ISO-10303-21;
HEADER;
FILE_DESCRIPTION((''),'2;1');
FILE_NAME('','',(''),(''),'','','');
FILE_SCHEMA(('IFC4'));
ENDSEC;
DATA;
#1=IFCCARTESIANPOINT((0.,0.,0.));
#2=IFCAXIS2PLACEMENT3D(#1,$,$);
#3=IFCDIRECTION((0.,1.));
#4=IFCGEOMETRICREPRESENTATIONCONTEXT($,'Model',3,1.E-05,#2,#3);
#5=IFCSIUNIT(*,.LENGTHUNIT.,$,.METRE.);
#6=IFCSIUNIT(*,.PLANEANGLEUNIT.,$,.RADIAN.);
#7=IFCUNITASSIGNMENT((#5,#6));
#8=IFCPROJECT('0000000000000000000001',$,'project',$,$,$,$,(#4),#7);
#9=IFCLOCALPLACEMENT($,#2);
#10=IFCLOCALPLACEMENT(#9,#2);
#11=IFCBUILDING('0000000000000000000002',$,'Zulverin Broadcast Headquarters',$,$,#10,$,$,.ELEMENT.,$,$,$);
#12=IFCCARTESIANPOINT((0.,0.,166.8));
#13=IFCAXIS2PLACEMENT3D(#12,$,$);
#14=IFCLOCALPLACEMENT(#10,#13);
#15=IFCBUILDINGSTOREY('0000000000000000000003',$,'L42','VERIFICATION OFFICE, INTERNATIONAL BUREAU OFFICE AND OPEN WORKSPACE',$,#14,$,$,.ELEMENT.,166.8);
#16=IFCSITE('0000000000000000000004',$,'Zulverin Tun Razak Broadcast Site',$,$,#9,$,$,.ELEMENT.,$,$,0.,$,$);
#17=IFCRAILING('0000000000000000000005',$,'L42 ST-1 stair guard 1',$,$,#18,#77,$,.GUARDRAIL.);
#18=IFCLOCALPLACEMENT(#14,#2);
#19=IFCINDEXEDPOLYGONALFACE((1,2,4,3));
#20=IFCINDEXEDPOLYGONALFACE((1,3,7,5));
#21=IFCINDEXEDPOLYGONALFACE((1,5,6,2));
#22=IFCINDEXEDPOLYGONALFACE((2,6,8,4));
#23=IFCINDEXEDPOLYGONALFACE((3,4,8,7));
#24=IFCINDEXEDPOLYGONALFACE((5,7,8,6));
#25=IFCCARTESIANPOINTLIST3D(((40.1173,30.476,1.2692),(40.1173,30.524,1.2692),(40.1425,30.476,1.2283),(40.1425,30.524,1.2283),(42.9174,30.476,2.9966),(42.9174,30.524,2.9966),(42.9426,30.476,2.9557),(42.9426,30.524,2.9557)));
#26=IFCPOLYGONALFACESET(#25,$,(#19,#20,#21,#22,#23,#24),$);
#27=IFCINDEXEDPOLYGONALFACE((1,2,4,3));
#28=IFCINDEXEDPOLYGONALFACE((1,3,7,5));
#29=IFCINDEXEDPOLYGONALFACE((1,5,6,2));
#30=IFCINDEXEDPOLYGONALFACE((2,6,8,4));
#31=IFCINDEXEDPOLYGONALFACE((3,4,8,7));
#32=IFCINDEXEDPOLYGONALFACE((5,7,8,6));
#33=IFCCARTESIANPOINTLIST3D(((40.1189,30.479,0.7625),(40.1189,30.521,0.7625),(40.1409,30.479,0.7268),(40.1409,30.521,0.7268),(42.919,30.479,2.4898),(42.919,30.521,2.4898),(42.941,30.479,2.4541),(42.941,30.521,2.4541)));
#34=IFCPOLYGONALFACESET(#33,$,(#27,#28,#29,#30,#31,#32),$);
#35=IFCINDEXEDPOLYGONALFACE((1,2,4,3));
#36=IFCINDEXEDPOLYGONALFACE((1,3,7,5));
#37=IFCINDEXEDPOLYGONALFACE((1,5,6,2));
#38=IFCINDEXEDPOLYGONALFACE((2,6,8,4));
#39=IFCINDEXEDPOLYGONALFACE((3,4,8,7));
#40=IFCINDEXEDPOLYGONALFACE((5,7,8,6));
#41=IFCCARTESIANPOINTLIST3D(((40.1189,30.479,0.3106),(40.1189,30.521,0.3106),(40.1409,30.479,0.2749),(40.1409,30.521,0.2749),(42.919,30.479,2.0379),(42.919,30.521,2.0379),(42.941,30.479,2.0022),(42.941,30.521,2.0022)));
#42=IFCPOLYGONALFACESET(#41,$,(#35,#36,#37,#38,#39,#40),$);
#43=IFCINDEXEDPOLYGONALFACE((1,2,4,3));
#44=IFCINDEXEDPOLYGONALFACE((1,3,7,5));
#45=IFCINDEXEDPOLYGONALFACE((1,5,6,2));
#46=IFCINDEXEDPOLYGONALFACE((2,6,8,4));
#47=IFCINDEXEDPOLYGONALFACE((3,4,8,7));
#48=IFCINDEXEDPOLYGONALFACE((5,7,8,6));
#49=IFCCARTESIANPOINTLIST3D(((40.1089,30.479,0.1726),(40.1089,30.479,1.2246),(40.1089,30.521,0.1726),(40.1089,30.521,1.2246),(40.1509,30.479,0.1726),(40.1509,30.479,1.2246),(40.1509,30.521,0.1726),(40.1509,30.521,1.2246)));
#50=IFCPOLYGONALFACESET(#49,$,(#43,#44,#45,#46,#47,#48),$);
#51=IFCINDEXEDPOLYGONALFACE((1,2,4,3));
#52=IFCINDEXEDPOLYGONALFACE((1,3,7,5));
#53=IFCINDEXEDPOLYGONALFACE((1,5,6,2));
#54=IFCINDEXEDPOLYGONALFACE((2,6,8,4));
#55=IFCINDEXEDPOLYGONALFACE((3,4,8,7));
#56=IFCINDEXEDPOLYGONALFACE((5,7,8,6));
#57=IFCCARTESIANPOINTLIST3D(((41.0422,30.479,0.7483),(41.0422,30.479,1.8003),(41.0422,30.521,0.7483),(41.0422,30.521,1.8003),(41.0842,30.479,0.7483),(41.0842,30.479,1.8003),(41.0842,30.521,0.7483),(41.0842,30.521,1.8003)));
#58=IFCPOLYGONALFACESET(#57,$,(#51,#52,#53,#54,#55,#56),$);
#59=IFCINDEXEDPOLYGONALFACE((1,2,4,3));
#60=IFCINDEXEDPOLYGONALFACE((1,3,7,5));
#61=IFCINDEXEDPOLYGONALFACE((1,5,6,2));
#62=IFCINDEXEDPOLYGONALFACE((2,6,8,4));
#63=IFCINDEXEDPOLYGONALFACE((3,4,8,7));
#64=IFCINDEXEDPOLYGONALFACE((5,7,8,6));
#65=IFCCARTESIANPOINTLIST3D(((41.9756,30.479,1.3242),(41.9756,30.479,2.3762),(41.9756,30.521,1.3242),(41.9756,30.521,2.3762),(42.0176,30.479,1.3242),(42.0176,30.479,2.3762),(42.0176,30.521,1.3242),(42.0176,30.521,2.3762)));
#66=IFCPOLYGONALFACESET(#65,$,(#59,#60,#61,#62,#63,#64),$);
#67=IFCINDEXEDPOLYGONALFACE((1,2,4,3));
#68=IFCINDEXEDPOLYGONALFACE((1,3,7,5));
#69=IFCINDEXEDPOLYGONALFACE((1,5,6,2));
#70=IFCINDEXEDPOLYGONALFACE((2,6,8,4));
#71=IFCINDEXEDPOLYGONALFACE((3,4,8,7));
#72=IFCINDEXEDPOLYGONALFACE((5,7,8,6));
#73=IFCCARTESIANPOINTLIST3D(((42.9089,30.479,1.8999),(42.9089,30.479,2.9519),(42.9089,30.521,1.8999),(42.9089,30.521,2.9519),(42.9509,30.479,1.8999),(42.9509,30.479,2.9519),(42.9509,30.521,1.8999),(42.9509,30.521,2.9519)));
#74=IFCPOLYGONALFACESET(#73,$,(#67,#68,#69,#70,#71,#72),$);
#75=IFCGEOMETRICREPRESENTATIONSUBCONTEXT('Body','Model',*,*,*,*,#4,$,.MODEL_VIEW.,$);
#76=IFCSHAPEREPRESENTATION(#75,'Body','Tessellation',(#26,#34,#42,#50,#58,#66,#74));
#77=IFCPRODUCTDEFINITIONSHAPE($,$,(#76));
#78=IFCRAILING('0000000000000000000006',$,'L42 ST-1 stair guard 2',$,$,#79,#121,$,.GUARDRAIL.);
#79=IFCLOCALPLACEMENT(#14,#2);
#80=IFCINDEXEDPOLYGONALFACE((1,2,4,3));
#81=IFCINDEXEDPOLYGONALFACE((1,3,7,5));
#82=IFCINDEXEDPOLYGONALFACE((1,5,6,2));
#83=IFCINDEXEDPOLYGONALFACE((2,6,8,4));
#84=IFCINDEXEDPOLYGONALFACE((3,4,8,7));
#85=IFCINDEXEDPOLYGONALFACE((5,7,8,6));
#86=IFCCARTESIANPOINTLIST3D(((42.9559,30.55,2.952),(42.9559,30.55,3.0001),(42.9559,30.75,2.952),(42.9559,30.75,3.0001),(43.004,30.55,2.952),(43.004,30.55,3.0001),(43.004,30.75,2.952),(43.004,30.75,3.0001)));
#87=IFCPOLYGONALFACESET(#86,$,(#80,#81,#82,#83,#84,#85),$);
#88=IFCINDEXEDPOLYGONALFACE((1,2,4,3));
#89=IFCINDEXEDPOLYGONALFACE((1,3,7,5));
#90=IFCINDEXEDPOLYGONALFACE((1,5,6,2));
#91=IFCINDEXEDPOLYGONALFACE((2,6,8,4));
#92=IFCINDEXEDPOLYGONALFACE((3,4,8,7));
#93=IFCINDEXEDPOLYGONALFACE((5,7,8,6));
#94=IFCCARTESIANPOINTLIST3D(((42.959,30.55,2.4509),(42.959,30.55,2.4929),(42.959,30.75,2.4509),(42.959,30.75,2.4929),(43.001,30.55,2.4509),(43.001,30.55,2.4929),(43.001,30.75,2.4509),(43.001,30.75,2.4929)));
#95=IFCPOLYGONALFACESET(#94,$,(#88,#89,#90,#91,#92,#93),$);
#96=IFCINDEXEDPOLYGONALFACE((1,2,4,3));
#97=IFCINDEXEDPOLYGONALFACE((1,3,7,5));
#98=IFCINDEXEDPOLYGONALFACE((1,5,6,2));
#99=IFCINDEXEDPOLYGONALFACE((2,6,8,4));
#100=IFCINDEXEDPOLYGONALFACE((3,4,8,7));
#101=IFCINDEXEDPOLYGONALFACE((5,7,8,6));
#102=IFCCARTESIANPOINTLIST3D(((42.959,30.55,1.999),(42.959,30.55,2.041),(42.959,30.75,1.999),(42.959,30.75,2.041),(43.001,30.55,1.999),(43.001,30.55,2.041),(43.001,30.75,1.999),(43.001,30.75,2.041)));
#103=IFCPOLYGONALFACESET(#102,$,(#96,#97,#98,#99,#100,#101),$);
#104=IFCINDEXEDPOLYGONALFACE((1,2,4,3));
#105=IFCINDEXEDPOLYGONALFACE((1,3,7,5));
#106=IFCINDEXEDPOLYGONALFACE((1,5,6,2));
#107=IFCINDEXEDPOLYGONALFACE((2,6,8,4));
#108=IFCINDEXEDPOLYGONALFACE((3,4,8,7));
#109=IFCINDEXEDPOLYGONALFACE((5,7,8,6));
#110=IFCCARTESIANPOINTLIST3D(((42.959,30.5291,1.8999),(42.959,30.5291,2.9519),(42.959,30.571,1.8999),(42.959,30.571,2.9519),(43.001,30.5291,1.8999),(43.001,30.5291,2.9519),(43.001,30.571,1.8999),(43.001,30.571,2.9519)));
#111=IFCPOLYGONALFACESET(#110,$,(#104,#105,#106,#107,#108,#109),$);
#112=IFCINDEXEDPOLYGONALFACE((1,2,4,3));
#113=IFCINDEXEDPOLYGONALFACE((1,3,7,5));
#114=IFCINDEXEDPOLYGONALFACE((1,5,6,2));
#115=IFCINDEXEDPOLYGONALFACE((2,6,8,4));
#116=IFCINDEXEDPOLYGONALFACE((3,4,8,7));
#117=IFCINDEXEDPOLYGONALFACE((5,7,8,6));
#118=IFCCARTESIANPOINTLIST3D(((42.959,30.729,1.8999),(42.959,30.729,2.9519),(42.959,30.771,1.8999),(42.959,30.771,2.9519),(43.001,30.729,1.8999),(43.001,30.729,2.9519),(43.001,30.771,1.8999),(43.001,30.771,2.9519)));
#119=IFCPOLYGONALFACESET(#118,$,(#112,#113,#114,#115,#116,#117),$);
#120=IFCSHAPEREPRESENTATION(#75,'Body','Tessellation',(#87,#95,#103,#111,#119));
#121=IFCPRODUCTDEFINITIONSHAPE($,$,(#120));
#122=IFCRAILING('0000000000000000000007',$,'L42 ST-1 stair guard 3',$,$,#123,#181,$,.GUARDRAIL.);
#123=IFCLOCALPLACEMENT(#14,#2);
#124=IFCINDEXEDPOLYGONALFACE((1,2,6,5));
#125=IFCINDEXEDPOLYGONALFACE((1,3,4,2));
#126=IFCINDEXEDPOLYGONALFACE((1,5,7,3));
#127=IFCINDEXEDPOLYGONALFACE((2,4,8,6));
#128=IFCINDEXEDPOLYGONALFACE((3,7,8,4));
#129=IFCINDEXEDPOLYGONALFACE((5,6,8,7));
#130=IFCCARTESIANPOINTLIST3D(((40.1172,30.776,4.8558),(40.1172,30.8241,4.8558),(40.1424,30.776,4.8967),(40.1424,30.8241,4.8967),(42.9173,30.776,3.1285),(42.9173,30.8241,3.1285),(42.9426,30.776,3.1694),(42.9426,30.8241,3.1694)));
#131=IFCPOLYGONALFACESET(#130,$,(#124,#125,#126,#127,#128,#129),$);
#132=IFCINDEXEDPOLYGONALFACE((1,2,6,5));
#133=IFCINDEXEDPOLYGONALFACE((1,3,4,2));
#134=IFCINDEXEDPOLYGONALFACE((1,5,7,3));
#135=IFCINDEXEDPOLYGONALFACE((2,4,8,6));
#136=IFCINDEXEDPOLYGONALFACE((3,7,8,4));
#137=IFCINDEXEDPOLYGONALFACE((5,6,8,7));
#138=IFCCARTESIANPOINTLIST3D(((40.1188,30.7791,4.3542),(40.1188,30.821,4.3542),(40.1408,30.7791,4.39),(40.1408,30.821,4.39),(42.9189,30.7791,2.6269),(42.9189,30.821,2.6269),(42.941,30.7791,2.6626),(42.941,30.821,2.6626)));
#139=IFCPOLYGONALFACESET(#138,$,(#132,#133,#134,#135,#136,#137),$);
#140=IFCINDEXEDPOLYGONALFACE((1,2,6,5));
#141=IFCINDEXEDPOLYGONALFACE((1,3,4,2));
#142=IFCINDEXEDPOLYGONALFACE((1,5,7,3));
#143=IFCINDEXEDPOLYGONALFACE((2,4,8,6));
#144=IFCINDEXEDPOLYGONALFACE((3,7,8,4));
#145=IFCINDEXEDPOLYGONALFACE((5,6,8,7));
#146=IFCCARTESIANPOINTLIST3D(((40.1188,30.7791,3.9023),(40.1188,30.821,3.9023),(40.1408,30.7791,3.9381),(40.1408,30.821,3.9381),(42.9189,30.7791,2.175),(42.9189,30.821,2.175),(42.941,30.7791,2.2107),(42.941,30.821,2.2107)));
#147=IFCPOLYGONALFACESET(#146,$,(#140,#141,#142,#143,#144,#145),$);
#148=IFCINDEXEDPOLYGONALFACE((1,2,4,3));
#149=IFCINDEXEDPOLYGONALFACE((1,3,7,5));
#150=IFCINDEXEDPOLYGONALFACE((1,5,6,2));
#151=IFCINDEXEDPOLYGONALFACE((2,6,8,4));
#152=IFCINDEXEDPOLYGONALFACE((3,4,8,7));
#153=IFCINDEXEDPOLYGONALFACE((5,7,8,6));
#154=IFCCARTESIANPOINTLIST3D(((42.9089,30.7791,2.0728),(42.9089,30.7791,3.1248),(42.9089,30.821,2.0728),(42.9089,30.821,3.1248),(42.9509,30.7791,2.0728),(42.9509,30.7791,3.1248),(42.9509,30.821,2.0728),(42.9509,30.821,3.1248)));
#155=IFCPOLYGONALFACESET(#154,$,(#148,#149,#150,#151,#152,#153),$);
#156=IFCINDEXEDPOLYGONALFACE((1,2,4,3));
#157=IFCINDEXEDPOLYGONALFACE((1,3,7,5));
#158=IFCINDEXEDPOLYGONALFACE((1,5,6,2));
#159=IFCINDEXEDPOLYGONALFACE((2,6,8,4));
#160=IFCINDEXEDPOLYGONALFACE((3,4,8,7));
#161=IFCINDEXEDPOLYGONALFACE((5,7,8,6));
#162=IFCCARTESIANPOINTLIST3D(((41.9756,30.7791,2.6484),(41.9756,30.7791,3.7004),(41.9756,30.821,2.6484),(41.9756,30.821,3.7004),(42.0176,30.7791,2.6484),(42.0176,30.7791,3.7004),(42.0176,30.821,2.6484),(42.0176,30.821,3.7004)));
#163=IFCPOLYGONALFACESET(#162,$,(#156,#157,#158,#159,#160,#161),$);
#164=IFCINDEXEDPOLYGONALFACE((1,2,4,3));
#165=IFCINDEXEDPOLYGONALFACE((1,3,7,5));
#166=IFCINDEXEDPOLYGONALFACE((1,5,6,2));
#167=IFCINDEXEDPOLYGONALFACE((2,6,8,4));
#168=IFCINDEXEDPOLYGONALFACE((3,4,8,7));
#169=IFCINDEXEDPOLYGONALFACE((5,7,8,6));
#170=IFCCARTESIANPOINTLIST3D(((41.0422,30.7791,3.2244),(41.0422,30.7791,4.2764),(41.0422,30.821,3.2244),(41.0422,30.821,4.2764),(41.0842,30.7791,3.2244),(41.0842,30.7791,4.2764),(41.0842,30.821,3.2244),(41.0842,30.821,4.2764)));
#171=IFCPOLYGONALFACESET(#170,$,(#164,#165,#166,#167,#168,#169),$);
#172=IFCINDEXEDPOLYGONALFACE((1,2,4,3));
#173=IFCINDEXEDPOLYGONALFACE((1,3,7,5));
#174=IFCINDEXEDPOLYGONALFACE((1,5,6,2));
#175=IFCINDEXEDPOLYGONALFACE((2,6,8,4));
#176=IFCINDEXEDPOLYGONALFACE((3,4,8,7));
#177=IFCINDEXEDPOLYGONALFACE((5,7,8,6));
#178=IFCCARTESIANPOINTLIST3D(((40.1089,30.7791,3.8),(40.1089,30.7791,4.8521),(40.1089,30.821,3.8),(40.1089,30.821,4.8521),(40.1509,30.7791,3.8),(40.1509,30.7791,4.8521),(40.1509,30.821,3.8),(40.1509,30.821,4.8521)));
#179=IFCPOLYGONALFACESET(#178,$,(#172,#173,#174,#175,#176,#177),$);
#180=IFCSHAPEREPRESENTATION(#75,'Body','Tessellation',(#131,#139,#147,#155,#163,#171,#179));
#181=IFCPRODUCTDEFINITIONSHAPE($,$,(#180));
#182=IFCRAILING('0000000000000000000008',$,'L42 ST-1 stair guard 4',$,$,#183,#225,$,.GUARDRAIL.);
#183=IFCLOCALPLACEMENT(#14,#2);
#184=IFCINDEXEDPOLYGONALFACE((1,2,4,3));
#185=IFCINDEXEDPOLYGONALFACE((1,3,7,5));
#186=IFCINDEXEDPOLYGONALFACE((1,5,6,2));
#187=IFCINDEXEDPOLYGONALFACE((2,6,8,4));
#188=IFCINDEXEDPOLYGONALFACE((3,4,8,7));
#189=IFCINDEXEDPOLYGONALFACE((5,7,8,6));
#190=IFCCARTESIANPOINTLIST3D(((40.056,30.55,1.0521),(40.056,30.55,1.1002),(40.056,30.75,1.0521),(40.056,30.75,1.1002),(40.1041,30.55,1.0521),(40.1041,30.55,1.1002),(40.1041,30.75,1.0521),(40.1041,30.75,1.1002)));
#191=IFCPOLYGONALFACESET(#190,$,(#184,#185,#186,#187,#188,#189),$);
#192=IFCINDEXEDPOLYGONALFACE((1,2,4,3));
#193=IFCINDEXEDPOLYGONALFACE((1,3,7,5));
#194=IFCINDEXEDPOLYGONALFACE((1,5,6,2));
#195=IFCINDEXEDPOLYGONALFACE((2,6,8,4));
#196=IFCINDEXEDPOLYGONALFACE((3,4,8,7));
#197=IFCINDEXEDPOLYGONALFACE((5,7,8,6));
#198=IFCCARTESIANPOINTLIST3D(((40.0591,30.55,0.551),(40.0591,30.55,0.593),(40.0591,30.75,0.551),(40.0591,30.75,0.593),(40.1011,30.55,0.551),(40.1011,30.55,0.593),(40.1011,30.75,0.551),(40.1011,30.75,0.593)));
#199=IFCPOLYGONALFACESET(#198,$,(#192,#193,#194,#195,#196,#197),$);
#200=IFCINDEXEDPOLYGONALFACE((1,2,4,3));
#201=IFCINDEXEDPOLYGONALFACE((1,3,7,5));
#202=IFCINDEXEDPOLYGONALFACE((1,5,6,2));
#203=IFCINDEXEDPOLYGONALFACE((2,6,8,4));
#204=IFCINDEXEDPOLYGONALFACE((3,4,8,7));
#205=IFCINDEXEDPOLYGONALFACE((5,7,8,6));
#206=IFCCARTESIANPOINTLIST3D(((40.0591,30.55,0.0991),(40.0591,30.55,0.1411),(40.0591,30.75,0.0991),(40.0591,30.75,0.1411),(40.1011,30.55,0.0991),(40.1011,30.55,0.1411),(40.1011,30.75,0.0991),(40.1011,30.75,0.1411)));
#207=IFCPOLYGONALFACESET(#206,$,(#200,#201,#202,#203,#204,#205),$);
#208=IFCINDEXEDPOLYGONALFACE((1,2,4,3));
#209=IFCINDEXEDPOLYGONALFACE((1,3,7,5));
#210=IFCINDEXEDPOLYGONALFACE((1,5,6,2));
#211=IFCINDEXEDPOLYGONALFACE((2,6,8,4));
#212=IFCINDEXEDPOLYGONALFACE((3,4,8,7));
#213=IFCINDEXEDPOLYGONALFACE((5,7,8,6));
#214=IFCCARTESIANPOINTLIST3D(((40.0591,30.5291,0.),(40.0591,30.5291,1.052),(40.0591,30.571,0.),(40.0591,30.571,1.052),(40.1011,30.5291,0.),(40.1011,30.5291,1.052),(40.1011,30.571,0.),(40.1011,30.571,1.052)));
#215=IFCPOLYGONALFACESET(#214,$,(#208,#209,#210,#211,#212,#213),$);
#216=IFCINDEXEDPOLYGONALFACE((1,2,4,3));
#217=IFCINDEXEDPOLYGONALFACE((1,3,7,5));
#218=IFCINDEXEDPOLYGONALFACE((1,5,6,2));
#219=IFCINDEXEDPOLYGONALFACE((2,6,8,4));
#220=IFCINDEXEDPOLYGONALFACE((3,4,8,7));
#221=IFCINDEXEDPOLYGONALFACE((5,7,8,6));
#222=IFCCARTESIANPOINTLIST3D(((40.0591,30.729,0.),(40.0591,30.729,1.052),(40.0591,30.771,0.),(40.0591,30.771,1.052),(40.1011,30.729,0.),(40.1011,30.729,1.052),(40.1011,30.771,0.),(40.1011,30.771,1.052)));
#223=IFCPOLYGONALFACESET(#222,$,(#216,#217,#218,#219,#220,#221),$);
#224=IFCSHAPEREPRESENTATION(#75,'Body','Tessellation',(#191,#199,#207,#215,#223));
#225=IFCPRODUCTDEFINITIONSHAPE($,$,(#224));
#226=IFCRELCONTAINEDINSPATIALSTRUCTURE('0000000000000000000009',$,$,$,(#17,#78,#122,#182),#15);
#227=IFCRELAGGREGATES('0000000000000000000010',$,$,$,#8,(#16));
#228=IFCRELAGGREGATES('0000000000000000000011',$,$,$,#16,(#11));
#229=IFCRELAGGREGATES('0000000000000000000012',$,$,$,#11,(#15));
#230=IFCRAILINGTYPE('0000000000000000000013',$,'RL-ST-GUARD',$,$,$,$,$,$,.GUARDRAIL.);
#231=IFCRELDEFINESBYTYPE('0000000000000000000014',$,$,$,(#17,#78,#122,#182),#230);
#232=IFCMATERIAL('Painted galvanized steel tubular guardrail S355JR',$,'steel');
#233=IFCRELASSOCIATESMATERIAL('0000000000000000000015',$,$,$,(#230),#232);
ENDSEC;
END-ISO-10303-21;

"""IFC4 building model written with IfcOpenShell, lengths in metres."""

from ifc_helpers import new_model, si_unit, direction, frame, origin, origin_2d, place, context, subcontext, project, spatial, rectangle, extrude, material, type_object, element, save


model = new_model("IFC4")

# Units and contexts
model_context = context("Model", 3, precision=1e-05, world=origin(), true_north=direction((0.0, 1.0)))
body_context = subcontext(model_context, "Body", "Model", "MODEL_VIEW")
ifc_project = project(units=[si_unit("LENGTHUNIT", "METRE"), si_unit("PLANEANGLEUNIT", "RADIAN")], contexts=[model_context])

# Site, building, storey
site_placement = place(None, origin())
site = spatial("IfcSite", under=ifc_project, at=site_placement, Name="Zulverin Tun Razak Broadcast Site", CompositionType="ELEMENT", RefElevation=0.0)
building_placement = place(site_placement, origin())
building = spatial("IfcBuilding", under=site, at=building_placement, Name="Zulverin Broadcast Headquarters", CompositionType="ELEMENT")
storey_placement = place(building_placement, frame((0.0, 0.0, 166.8)))
storey = spatial("IfcBuildingStorey", under=building, at=storey_placement, Name="L42", Description="VERIFICATION OFFICE, INTERNATIONAL BUREAU OFFICE AND OPEN WORKSPACE", CompositionType="ELEMENT", Elevation=166.8)

# Railings
ifc_material_1 = material(Name="Painted galvanized steel tubular guardrail S355JR", Category="steel")
railing_type_1 = type_object("IfcRailingType", Name="RL-ST-GUARD", PredefinedType="GUARDRAIL", material=ifc_material_1)
railing_1_placement = place(storey_placement, frame((40.1299, 30.5, 0.1726)))
element("IfcRailing", 1, at=railing_1_placement, inside=storey, type_object=railing_type_1, Name="L42 ST-1 stair guard 1", PredefinedType="GUARDRAIL", context=body_context, shape_type="SweptSolid", body=[
    extrude(rectangle(XDim=0.0481, YDim=0.0481, at=origin_2d()), frame((0.0, 0.0, 1.0762), z_axis=(0.85109, 0.0, 0.52502), x_axis=(0.0, 1.0, 0.0)), (0.0, 0.0, 1.0), 3.29),
    extrude(rectangle(XDim=0.042, YDim=0.042, at=origin_2d()), frame((0.0, 0.0, 0.572), z_axis=(0.85109, 0.0, 0.52502), x_axis=(0.0, 1.0, 0.0)), (0.0, 0.0, 1.0), 3.29),
    extrude(rectangle(XDim=0.042, YDim=0.042, at=origin_2d()), frame((0.0, 0.0, 0.1201), z_axis=(0.85109, 0.0, 0.52502), x_axis=(0.0, 1.0, 0.0)), (0.0, 0.0, 1.0), 3.29),
    extrude(rectangle(XDim=0.042, YDim=0.042, at=origin_2d()), origin(), (0.0, 0.0, 1.0), 1.052),
    extrude(rectangle(XDim=0.042, YDim=0.042, at=origin_2d()), frame((0.9333, 0.0, 0.5757)), (0.0, 0.0, 1.0), 1.052),
    extrude(rectangle(XDim=0.042, YDim=0.042, at=origin_2d()), frame((1.8667, 0.0, 1.1516)), (0.0, 0.0, 1.0), 1.052),
    extrude(rectangle(XDim=0.042, YDim=0.042, at=origin_2d()), frame((2.8, 0.0, 1.7273)), (0.0, 0.0, 1.0), 1.052),
])
railing_2_placement = place(storey_placement, frame((42.98, 30.55, 1.8999)))
element("IfcRailing", 2, at=railing_2_placement, inside=storey, type_object=railing_type_1, Name="L42 ST-1 stair guard 2", PredefinedType="GUARDRAIL", context=body_context, shape_type="SweptSolid", body=[
    extrude(rectangle(XDim=0.0481, YDim=0.0481, at=origin_2d()), frame((0.0, 0.0, 1.0762), z_axis=(0.0, 1.0, 0.0), x_axis=(-1.0, 0.0, 0.0)), (0.0, 0.0, 1.0), 0.2),
    extrude(rectangle(XDim=0.042, YDim=0.042, at=origin_2d()), frame((0.0, 0.0, 0.572), z_axis=(0.0, 1.0, 0.0), x_axis=(-1.0, 0.0, 0.0)), (0.0, 0.0, 1.0), 0.2),
    extrude(rectangle(XDim=0.042, YDim=0.042, at=origin_2d()), frame((0.0, 0.0, 0.1201), z_axis=(0.0, 1.0, 0.0), x_axis=(-1.0, 0.0, 0.0)), (0.0, 0.0, 1.0), 0.2),
    extrude(rectangle(XDim=0.042, YDim=0.042, at=origin_2d()), origin(), (0.0, 0.0, 1.0), 1.052),
    extrude(rectangle(XDim=0.042, YDim=0.042, at=origin_2d()), frame((0.0, 0.2, 0.0)), (0.0, 0.0, 1.0), 1.052),
])
railing_3_placement = place(storey_placement, frame((42.9299, 30.8, 2.0728)))
element("IfcRailing", 3, at=railing_3_placement, inside=storey, type_object=railing_type_1, Name="L42 ST-1 stair guard 3", PredefinedType="GUARDRAIL", context=body_context, shape_type="SweptSolid", body=[
    extrude(rectangle(XDim=0.0481, YDim=0.0481, at=origin_2d()), frame((0.0, 0.0, 1.0762), z_axis=(-0.85109, 0.0, 0.52502), x_axis=(0.0, -1.0, 0.0)), (0.0, 0.0, 1.0), 3.29),
    extrude(rectangle(XDim=0.042, YDim=0.042, at=origin_2d()), frame((0.0, 0.0, 0.572), z_axis=(-0.85109, 0.0, 0.52502), x_axis=(0.0, -1.0, 0.0)), (0.0, 0.0, 1.0), 3.29),
    extrude(rectangle(XDim=0.042, YDim=0.042, at=origin_2d()), frame((0.0, 0.0, 0.1201), z_axis=(-0.85109, 0.0, 0.52502), x_axis=(0.0, -1.0, 0.0)), (0.0, 0.0, 1.0), 3.29),
    extrude(rectangle(XDim=0.042, YDim=0.042, at=origin_2d()), origin(), (0.0, 0.0, 1.0), 1.052),
    extrude(rectangle(XDim=0.042, YDim=0.042, at=origin_2d()), frame((-0.9333, 0.0, 0.5757)), (0.0, 0.0, 1.0), 1.052),
    extrude(rectangle(XDim=0.042, YDim=0.042, at=origin_2d()), frame((-1.8667, 0.0, 1.1516)), (0.0, 0.0, 1.0), 1.052),
    extrude(rectangle(XDim=0.042, YDim=0.042, at=origin_2d()), frame((-2.8, 0.0, 1.7273)), (0.0, 0.0, 1.0), 1.052),
])
railing_4_placement = place(storey_placement, frame((40.0801, 30.55, 0.0)))
element("IfcRailing", 4, at=railing_4_placement, inside=storey, type_object=railing_type_1, Name="L42 ST-1 stair guard 4", PredefinedType="GUARDRAIL", context=body_context, shape_type="SweptSolid", body=[
    extrude(rectangle(XDim=0.0481, YDim=0.0481, at=origin_2d()), frame((0.0, 0.0, 1.0762), z_axis=(0.0, 1.0, 0.0), x_axis=(-1.0, 0.0, 0.0)), (0.0, 0.0, 1.0), 0.2),
    extrude(rectangle(XDim=0.042, YDim=0.042, at=origin_2d()), frame((0.0, 0.0, 0.572), z_axis=(0.0, 1.0, 0.0), x_axis=(-1.0, 0.0, 0.0)), (0.0, 0.0, 1.0), 0.2),
    extrude(rectangle(XDim=0.042, YDim=0.042, at=origin_2d()), frame((0.0, 0.0, 0.1201), z_axis=(0.0, 1.0, 0.0), x_axis=(-1.0, 0.0, 0.0)), (0.0, 0.0, 1.0), 0.2),
    extrude(rectangle(XDim=0.042, YDim=0.042, at=origin_2d()), origin(), (0.0, 0.0, 1.0), 1.052),
    extrude(rectangle(XDim=0.042, YDim=0.042, at=origin_2d()), frame((0.0, 0.2, 0.0)), (0.0, 0.0, 1.0), 1.052),
])

save(model, "model.ifc")
